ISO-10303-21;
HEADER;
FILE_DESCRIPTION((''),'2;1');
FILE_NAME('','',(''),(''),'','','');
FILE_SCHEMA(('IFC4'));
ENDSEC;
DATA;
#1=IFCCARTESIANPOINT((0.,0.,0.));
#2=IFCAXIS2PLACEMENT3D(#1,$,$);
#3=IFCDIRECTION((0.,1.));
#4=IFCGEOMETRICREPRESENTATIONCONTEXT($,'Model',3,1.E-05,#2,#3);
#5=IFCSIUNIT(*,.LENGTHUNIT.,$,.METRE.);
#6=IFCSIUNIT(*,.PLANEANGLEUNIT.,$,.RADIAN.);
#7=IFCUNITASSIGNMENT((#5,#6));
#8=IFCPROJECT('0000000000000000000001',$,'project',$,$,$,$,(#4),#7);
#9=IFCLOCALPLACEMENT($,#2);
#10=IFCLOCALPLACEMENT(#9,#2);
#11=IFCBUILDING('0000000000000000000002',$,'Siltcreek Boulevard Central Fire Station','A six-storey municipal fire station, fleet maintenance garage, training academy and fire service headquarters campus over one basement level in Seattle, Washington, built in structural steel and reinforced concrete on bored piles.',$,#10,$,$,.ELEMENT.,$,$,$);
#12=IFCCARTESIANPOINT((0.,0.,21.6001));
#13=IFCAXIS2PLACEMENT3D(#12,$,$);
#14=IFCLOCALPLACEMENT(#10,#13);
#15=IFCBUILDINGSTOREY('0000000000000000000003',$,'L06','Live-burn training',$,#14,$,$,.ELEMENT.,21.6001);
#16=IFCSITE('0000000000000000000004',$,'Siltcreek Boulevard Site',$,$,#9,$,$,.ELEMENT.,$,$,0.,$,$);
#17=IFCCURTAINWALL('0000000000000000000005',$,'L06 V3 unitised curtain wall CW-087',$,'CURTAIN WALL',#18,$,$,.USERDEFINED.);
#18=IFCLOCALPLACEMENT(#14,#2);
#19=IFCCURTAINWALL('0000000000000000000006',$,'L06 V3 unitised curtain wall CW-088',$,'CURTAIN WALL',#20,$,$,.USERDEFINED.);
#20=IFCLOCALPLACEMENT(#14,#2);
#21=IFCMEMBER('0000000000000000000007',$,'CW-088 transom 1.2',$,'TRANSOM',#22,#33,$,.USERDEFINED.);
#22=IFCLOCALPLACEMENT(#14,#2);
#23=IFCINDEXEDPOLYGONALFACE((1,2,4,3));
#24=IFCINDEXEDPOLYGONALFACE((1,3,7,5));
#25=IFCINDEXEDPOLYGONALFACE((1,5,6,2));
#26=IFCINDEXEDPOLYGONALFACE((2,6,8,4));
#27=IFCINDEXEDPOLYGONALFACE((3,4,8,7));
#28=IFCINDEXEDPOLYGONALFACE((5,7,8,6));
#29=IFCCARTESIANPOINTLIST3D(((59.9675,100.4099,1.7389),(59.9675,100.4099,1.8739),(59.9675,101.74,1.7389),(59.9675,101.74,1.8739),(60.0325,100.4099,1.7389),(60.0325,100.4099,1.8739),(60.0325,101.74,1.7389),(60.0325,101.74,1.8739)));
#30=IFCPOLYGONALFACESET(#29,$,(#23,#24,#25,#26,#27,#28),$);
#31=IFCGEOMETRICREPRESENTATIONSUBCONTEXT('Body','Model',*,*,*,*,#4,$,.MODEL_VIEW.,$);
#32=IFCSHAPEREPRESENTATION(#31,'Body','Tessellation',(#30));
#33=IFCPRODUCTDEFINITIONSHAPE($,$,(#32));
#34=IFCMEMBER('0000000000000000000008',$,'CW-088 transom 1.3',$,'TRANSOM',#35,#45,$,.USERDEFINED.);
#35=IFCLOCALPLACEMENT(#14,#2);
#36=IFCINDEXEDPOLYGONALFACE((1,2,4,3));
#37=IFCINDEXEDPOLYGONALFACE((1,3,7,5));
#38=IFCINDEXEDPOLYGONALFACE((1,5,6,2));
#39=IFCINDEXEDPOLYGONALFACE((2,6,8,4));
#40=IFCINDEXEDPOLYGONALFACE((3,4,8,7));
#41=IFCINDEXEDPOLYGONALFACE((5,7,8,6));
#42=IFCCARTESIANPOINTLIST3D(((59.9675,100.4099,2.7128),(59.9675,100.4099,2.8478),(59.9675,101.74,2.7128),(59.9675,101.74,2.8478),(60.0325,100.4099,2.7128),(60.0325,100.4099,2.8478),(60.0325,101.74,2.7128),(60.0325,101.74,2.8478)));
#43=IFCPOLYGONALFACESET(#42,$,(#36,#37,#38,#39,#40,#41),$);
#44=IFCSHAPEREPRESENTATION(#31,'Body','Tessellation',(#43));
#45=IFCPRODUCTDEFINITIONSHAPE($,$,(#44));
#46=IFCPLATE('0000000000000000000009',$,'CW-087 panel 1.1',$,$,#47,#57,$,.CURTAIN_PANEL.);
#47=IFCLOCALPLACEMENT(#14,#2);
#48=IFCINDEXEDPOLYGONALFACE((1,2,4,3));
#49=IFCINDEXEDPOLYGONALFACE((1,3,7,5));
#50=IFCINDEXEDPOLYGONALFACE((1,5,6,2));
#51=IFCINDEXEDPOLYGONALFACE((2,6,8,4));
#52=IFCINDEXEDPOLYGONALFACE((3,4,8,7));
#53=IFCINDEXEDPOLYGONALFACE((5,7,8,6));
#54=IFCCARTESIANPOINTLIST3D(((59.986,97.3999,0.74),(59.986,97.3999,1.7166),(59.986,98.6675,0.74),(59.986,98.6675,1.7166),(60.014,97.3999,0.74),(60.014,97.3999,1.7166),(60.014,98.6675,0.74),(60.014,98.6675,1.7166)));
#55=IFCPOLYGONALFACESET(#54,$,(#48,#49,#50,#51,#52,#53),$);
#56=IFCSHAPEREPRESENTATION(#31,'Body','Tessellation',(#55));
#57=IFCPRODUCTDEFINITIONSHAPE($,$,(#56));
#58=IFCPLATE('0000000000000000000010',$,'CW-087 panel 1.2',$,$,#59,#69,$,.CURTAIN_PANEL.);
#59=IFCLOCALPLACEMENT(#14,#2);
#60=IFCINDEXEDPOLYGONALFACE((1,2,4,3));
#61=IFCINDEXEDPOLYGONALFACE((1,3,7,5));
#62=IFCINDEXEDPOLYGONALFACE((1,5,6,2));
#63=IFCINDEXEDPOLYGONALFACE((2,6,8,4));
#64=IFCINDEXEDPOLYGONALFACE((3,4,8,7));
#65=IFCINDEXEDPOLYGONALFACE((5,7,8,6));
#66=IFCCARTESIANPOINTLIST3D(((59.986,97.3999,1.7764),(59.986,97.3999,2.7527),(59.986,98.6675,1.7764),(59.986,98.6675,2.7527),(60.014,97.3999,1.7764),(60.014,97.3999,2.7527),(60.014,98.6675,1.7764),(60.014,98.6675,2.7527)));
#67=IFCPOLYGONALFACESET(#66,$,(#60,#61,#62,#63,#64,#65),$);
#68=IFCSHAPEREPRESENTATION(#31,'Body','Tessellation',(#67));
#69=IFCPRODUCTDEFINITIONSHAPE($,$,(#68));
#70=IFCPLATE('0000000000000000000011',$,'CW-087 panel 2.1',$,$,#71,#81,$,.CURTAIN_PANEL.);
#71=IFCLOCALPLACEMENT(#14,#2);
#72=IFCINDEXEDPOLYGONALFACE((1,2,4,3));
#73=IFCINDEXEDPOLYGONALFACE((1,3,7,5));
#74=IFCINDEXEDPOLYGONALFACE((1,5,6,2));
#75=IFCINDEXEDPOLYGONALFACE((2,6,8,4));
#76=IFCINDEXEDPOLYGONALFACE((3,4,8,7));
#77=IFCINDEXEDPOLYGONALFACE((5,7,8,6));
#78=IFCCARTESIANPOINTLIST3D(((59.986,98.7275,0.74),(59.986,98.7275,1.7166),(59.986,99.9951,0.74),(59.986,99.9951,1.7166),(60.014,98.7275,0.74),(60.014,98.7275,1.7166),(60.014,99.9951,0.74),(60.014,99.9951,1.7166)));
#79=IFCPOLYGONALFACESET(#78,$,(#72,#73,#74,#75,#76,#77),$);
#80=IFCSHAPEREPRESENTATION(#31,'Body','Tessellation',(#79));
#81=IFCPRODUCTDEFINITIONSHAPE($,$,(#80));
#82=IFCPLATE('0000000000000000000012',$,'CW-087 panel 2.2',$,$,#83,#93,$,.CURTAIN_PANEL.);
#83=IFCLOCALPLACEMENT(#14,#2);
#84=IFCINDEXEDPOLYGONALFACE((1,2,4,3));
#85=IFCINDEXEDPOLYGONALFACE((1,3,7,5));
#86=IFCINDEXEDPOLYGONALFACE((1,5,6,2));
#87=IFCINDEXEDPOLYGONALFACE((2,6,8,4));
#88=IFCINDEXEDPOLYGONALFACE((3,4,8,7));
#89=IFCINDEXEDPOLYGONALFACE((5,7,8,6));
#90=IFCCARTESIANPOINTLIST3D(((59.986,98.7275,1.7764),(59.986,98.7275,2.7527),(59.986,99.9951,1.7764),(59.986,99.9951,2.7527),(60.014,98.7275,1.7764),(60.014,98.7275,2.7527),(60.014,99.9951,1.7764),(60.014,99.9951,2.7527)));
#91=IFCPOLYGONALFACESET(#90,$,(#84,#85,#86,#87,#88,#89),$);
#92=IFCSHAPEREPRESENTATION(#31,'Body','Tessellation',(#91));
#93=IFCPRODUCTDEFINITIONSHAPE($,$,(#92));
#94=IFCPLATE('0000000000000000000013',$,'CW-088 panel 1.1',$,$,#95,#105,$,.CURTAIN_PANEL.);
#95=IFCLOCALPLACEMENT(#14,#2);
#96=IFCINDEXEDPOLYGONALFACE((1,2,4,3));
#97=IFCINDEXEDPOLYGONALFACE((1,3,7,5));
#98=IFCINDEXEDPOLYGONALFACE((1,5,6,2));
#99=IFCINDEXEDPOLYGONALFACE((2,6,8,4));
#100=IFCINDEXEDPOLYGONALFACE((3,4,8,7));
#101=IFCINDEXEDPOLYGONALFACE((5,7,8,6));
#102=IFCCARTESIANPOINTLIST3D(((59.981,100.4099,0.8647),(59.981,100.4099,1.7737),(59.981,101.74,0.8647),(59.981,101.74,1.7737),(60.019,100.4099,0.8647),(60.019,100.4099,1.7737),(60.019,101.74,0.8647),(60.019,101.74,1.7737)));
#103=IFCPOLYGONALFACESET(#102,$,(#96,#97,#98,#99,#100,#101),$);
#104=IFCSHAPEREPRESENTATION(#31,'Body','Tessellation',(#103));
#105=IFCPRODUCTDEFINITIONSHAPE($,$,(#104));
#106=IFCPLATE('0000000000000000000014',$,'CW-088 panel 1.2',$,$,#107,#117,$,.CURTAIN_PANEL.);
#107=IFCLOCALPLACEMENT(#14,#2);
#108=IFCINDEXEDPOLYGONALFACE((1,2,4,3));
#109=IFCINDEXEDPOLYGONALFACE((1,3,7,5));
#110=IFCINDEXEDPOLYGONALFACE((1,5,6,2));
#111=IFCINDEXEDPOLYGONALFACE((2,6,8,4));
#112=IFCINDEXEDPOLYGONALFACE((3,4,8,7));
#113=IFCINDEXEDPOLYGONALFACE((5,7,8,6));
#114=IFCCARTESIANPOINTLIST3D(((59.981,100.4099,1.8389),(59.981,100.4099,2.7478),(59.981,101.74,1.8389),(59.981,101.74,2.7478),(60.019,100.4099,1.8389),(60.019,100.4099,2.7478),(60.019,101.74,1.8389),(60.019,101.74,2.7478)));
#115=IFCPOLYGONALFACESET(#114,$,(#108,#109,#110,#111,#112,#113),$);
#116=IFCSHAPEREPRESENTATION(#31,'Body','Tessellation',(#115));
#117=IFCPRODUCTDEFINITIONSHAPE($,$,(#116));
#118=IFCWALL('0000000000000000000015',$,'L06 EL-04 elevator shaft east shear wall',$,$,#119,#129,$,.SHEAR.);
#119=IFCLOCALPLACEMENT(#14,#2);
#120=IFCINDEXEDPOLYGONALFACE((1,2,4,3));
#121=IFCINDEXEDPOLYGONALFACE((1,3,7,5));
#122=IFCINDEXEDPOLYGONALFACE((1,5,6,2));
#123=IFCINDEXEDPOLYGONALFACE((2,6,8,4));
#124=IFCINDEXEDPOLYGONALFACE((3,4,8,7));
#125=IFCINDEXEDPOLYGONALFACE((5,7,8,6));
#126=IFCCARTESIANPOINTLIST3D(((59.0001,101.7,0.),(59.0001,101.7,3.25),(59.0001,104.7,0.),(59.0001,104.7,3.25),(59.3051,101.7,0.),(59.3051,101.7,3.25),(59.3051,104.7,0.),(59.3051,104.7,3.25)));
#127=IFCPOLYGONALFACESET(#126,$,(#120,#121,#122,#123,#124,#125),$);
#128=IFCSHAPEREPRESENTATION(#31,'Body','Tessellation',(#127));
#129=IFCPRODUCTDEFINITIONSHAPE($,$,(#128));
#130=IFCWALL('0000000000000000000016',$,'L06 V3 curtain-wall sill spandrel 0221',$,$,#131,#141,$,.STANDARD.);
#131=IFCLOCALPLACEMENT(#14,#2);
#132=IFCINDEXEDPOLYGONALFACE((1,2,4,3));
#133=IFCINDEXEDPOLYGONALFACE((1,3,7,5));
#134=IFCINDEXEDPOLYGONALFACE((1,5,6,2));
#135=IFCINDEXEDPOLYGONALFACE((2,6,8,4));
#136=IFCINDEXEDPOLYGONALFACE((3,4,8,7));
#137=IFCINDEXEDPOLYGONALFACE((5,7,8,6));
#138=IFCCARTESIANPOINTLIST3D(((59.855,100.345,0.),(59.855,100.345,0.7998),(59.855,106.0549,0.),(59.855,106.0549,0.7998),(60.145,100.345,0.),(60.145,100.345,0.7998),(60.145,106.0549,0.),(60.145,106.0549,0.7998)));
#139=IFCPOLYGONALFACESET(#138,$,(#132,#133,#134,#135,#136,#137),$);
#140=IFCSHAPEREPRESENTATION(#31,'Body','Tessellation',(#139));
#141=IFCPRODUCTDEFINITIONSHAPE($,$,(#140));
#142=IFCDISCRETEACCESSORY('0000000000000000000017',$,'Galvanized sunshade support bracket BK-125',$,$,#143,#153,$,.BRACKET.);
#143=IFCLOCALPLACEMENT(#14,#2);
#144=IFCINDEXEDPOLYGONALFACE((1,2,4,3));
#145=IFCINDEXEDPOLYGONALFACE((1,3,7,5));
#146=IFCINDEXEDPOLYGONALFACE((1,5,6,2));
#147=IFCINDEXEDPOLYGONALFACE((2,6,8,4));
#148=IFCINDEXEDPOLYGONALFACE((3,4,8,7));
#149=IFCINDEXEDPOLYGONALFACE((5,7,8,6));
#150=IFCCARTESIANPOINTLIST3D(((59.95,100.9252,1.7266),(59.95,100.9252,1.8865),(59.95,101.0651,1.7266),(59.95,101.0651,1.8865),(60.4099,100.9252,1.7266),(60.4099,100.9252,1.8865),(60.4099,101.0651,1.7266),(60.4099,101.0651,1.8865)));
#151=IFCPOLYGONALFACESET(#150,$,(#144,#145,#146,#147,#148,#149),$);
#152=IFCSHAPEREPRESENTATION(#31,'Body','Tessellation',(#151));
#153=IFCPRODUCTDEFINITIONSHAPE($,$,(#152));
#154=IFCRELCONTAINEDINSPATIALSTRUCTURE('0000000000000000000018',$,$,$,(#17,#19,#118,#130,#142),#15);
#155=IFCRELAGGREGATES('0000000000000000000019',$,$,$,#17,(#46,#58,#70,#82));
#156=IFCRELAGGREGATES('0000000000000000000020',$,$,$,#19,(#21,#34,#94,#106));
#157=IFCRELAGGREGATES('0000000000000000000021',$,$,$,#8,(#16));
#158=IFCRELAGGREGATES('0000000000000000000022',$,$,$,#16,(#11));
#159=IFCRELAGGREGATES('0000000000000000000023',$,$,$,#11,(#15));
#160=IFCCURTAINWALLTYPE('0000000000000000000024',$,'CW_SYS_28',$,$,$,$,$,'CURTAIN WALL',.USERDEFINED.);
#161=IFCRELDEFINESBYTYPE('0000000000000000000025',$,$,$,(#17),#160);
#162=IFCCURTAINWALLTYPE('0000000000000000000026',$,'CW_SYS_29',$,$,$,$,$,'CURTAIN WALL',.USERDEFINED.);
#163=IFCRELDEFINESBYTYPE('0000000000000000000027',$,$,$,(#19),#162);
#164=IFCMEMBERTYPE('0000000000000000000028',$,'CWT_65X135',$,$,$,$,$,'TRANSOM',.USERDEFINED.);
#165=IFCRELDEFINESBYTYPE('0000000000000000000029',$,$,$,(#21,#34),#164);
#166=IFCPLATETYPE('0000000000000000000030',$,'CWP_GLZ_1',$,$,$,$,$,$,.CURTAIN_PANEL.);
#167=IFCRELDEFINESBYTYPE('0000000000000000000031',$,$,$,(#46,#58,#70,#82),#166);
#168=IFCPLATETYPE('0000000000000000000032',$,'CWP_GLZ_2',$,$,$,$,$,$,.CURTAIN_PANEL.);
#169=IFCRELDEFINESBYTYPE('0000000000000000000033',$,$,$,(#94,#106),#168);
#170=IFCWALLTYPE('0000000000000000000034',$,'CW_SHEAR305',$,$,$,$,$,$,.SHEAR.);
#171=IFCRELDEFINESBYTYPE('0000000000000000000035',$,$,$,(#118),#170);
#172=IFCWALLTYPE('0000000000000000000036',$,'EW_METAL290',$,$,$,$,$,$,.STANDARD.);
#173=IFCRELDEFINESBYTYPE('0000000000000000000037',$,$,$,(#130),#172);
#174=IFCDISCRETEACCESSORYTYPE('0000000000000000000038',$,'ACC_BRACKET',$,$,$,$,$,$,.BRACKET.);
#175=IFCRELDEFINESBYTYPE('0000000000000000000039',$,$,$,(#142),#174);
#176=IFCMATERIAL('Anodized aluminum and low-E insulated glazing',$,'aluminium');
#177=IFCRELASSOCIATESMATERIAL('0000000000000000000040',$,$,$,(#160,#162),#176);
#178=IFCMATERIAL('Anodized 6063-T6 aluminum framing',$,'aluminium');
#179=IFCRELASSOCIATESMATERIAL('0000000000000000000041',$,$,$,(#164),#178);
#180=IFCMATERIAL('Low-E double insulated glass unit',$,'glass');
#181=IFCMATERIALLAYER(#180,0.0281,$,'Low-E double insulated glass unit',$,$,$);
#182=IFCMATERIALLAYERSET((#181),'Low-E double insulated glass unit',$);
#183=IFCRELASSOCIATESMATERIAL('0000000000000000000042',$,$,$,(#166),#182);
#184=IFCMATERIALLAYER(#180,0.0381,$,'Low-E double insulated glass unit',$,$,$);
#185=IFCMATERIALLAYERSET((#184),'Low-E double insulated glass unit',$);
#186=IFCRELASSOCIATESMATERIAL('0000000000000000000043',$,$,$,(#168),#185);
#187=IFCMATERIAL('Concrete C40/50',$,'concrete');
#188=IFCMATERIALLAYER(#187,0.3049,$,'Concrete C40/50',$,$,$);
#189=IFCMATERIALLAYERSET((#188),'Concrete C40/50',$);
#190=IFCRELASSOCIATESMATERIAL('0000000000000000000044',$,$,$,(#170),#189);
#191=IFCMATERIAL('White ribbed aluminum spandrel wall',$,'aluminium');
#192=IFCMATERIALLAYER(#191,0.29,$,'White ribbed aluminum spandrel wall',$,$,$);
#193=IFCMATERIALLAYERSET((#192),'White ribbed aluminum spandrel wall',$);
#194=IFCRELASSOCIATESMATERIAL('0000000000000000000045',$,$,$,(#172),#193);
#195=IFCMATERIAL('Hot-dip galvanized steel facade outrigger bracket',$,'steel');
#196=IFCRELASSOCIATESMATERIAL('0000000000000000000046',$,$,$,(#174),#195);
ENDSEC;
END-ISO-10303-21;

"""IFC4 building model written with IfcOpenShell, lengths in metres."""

from ifc_helpers import new_model, si_unit, direction, frame, frame_2d, origin, origin_2d, place, context, subcontext, project, spatial, rectangle, extrude, material, layer, layer_set, material_profile, profile_set, type_object, element, aggregate, save


model = new_model("IFC4")

# Units and contexts
model_context = context("Model", 3, precision=1e-05, world=origin(), true_north=direction((0.0, 1.0)))
body_context = subcontext(model_context, "Body", "Model", "MODEL_VIEW")
ifc_project = project(units=[si_unit("LENGTHUNIT", "METRE"), si_unit("PLANEANGLEUNIT", "RADIAN")], contexts=[model_context])

# Site, building, storey
site_placement = place(None, origin())
site = spatial("IfcSite", under=ifc_project, at=site_placement, Name="Siltcreek Boulevard Site", CompositionType="ELEMENT", RefElevation=0.0)
building_placement = place(site_placement, origin())
building = spatial("IfcBuilding", under=site, at=building_placement, Name="Siltcreek Boulevard Central Fire Station", Description="A six-storey municipal fire station, fleet maintenance garage, training academy and fire service headquarters campus over one basement level in Seattle, Washington, built in structural steel and reinforced concrete on bored piles.", CompositionType="ELEMENT")
storey_placement = place(building_placement, frame((0.0, 0.0, 21.6001)))
storey = spatial("IfcBuildingStorey", under=building, at=storey_placement, Name="L06", Description="Live-burn training", CompositionType="ELEMENT", Elevation=21.6001)

# Curtain wall
ifc_material_1 = material(Name="Anodized aluminum and low-E insulated glazing", Category="aluminium")
curtain_wall_type_1 = type_object("IfcCurtainWallType", Name="CW_SYS_28", ElementType="CURTAIN WALL", PredefinedType="USERDEFINED", material=ifc_material_1)
curtain_wall_1_placement = place(storey_placement, origin())
curtain_wall_1 = element("IfcCurtainWall", 1, at=curtain_wall_1_placement, inside=storey, type_object=curtain_wall_type_1, Name="L06 V3 unitised curtain wall CW-087", ObjectType="CURTAIN WALL", PredefinedType="USERDEFINED")
ifc_material_2 = material(Name="Anodized 6063-T6 aluminum framing", Category="aluminium")

# Curtain wall
curtain_wall_type_2 = type_object("IfcCurtainWallType", Name="CW_SYS_29", ElementType="CURTAIN WALL", PredefinedType="USERDEFINED", material=ifc_material_1)
curtain_wall_2_placement = place(storey_placement, origin())
curtain_wall_2 = element("IfcCurtainWall", 2, at=curtain_wall_2_placement, inside=storey, type_object=curtain_wall_type_2, Name="L06 V3 unitised curtain wall CW-088", ObjectType="CURTAIN WALL", PredefinedType="USERDEFINED")

# Members
ifc_material_profile_1 = material_profile(ifc_material_2, rectangle(XDim=0.0649, YDim=0.135, at=origin_2d()), Name="TRAN65X135")
ifc_profile_set_1 = profile_set([ifc_material_profile_1], Name="Anodized 6063-T6 aluminum framing")
member_type_1 = type_object("IfcMemberType", Name="CWT_65X135", ElementType="TRANSOM", PredefinedType="USERDEFINED", material=ifc_profile_set_1)
member_1_placement = place(storey_placement, frame((60.0, 100.4099, 1.8064), z_axis=(0.0, 1.0, 0.0), x_axis=(-1.0, 0.0, 0.0)))
member_1 = element("IfcMember", 3, at=member_1_placement, type_object=member_type_1, Name="CW-088 transom 1.2", ObjectType="TRANSOM", PredefinedType="USERDEFINED", context=body_context, shape_type="SweptSolid", body=[
    extrude(rectangle(XDim=0.0649, YDim=0.135, at=origin_2d()), origin(), (0.0, 0.0, 1.0), 1.3301),
])
member_2_placement = place(storey_placement, frame((60.0, 100.4099, 2.7803), z_axis=(0.0, 1.0, 0.0), x_axis=(-1.0, 0.0, 0.0)))
member_2 = element("IfcMember", 4, at=member_2_placement, type_object=member_type_1, Name="CW-088 transom 1.3", ObjectType="TRANSOM", PredefinedType="USERDEFINED", context=body_context, shape_type="SweptSolid", body=[
    extrude(rectangle(XDim=0.0649, YDim=0.135, at=origin_2d()), origin(), (0.0, 0.0, 1.0), 1.3301),
])

# Plates
ifc_material_3 = material(Name="Low-E double insulated glass unit", Category="glass")
ifc_layer_1 = layer(ifc_material_3, 0.0281, Name="Low-E double insulated glass unit")
ifc_layer_set_1 = layer_set([ifc_layer_1], Name="Low-E double insulated glass unit")
plate_type_1 = type_object("IfcPlateType", Name="CWP_GLZ_1", PredefinedType="CURTAIN_PANEL", material=ifc_layer_set_1)
plate_1_placement = place(storey_placement, frame((60.0, 98.0337, 0.74), z_axis=(0.0, 0.0, 1.0), x_axis=(0.0, 1.0, 0.0)))
plate_1 = element("IfcPlate", 5, at=plate_1_placement, type_object=plate_type_1, Name="CW-087 panel 1.1", PredefinedType="CURTAIN_PANEL", context=body_context, shape_type="SweptSolid", body=[
    extrude(rectangle(XDim=1.2676, YDim=0.0281, at=origin_2d()), origin(), (0.0, 0.0, 1.0), 0.9766),
])
plate_2_placement = place(storey_placement, frame((60.0, 98.0337, 1.7764), z_axis=(0.0, 0.0, 1.0), x_axis=(0.0, 1.0, 0.0)))
plate_2 = element("IfcPlate", 6, at=plate_2_placement, type_object=plate_type_1, Name="CW-087 panel 1.2", PredefinedType="CURTAIN_PANEL", context=body_context, shape_type="SweptSolid", body=[
    extrude(rectangle(XDim=1.2676, YDim=0.0281, at=origin_2d()), origin(), (0.0, 0.0, 1.0), 0.9763),
])
plate_3_placement = place(storey_placement, frame((60.0, 99.3613, 0.74), z_axis=(0.0, 0.0, 1.0), x_axis=(0.0, 1.0, 0.0)))
plate_3 = element("IfcPlate", 7, at=plate_3_placement, type_object=plate_type_1, Name="CW-087 panel 2.1", PredefinedType="CURTAIN_PANEL", context=body_context, shape_type="SweptSolid", body=[
    extrude(rectangle(XDim=1.2676, YDim=0.0281, at=origin_2d()), origin(), (0.0, 0.0, 1.0), 0.9766),
])
plate_4_placement = place(storey_placement, frame((60.0, 99.3613, 1.7764), z_axis=(0.0, 0.0, 1.0), x_axis=(0.0, 1.0, 0.0)))
plate_4 = element("IfcPlate", 8, at=plate_4_placement, type_object=plate_type_1, Name="CW-087 panel 2.2", PredefinedType="CURTAIN_PANEL", context=body_context, shape_type="SweptSolid", body=[
    extrude(rectangle(XDim=1.2676, YDim=0.0281, at=origin_2d()), origin(), (0.0, 0.0, 1.0), 0.9763),
])
aggregate(curtain_wall_1, [plate_1, plate_2, plate_3, plate_4])
ifc_layer_2 = layer(ifc_material_3, 0.0381, Name="Low-E double insulated glass unit")
ifc_layer_set_2 = layer_set([ifc_layer_2], Name="Low-E double insulated glass unit")
plate_type_2 = type_object("IfcPlateType", Name="CWP_GLZ_2", PredefinedType="CURTAIN_PANEL", material=ifc_layer_set_2)
plate_5_placement = place(storey_placement, frame((60.0, 101.075, 0.8647), z_axis=(0.0, 0.0, 1.0), x_axis=(0.0, 1.0, 0.0)))
plate_5 = element("IfcPlate", 9, at=plate_5_placement, type_object=plate_type_2, Name="CW-088 panel 1.1", PredefinedType="CURTAIN_PANEL", context=body_context, shape_type="SweptSolid", body=[
    extrude(rectangle(XDim=1.3301, YDim=0.0381, at=origin_2d()), origin(), (0.0, 0.0, 1.0), 0.9089),
])
plate_6_placement = place(storey_placement, frame((60.0, 101.075, 1.8389), z_axis=(0.0, 0.0, 1.0), x_axis=(0.0, 1.0, 0.0)))
plate_6 = element("IfcPlate", 10, at=plate_6_placement, type_object=plate_type_2, Name="CW-088 panel 1.2", PredefinedType="CURTAIN_PANEL", context=body_context, shape_type="SweptSolid", body=[
    extrude(rectangle(XDim=1.3301, YDim=0.0381, at=origin_2d()), origin(), (0.0, 0.0, 1.0), 0.9089),
])
aggregate(curtain_wall_2, [member_1, member_2, plate_5, plate_6])

# Walls
ifc_material_4 = material(Name="Concrete C40/50", Category="concrete")
ifc_layer_3 = layer(ifc_material_4, 0.3049, Name="Concrete C40/50")
ifc_layer_set_3 = layer_set([ifc_layer_3], Name="Concrete C40/50")
wall_type_1 = type_object("IfcWallType", Name="CW_SHEAR305", PredefinedType="SHEAR", material=ifc_layer_set_3)
wall_1_placement = place(storey_placement, frame((59.1526, 101.7, 0.0), z_axis=(0.0, 0.0, 1.0), x_axis=(0.0, 1.0, 0.0)))
element("IfcWall", 11, at=wall_1_placement, inside=storey, type_object=wall_type_1, Name="L06 EL-04 elevator shaft east shear wall", PredefinedType="SHEAR", context=body_context, shape_type="SweptSolid", body=[
    extrude(rectangle(XDim=3.0, YDim=0.3049, at=frame_2d((1.5, 0.0))), origin(), (0.0, 0.0, 1.0), 3.25),
])
ifc_material_5 = material(Name="White ribbed aluminum spandrel wall", Category="aluminium")
ifc_layer_4 = layer(ifc_material_5, 0.29, Name="White ribbed aluminum spandrel wall")
ifc_layer_set_4 = layer_set([ifc_layer_4], Name="White ribbed aluminum spandrel wall")
wall_type_2 = type_object("IfcWallType", Name="EW_METAL290", PredefinedType="STANDARD", material=ifc_layer_set_4)
wall_2_placement = place(storey_placement, frame((60.0, 100.345, 0.0), z_axis=(0.0, 0.0, 1.0), x_axis=(0.0, 1.0, 0.0)))
element("IfcWall", 12, at=wall_2_placement, inside=storey, type_object=wall_type_2, Name="L06 V3 curtain-wall sill spandrel 0221", PredefinedType="STANDARD", context=body_context, shape_type="SweptSolid", body=[
    extrude(rectangle(XDim=5.71, YDim=0.29, at=frame_2d((2.855, 0.0))), origin(), (0.0, 0.0, 1.0), 0.7998),
])

# Discrete accessory
ifc_material_6 = material(Name="Hot-dip galvanized steel facade outrigger bracket", Category="steel")
discrete_accessory_type = type_object("IfcDiscreteAccessoryType", Name="ACC_BRACKET", PredefinedType="BRACKET", material=ifc_material_6)
discrete_accessory_placement = place(storey_placement, frame((60.1799, 100.9951, 1.7266), z_axis=(0.0, 0.0, 1.0), x_axis=(0.0, 1.0, 0.0)))
element("IfcDiscreteAccessory", 13, at=discrete_accessory_placement, inside=storey, type_object=discrete_accessory_type, Name="Galvanized sunshade support bracket BK-125", PredefinedType="BRACKET", context=body_context, shape_type="SweptSolid", body=[
    extrude(rectangle(XDim=0.1399, YDim=0.46, at=origin_2d()), origin(), (0.0, 0.0, 1.0), 0.1599),
])

save(model, "model.ifc")
